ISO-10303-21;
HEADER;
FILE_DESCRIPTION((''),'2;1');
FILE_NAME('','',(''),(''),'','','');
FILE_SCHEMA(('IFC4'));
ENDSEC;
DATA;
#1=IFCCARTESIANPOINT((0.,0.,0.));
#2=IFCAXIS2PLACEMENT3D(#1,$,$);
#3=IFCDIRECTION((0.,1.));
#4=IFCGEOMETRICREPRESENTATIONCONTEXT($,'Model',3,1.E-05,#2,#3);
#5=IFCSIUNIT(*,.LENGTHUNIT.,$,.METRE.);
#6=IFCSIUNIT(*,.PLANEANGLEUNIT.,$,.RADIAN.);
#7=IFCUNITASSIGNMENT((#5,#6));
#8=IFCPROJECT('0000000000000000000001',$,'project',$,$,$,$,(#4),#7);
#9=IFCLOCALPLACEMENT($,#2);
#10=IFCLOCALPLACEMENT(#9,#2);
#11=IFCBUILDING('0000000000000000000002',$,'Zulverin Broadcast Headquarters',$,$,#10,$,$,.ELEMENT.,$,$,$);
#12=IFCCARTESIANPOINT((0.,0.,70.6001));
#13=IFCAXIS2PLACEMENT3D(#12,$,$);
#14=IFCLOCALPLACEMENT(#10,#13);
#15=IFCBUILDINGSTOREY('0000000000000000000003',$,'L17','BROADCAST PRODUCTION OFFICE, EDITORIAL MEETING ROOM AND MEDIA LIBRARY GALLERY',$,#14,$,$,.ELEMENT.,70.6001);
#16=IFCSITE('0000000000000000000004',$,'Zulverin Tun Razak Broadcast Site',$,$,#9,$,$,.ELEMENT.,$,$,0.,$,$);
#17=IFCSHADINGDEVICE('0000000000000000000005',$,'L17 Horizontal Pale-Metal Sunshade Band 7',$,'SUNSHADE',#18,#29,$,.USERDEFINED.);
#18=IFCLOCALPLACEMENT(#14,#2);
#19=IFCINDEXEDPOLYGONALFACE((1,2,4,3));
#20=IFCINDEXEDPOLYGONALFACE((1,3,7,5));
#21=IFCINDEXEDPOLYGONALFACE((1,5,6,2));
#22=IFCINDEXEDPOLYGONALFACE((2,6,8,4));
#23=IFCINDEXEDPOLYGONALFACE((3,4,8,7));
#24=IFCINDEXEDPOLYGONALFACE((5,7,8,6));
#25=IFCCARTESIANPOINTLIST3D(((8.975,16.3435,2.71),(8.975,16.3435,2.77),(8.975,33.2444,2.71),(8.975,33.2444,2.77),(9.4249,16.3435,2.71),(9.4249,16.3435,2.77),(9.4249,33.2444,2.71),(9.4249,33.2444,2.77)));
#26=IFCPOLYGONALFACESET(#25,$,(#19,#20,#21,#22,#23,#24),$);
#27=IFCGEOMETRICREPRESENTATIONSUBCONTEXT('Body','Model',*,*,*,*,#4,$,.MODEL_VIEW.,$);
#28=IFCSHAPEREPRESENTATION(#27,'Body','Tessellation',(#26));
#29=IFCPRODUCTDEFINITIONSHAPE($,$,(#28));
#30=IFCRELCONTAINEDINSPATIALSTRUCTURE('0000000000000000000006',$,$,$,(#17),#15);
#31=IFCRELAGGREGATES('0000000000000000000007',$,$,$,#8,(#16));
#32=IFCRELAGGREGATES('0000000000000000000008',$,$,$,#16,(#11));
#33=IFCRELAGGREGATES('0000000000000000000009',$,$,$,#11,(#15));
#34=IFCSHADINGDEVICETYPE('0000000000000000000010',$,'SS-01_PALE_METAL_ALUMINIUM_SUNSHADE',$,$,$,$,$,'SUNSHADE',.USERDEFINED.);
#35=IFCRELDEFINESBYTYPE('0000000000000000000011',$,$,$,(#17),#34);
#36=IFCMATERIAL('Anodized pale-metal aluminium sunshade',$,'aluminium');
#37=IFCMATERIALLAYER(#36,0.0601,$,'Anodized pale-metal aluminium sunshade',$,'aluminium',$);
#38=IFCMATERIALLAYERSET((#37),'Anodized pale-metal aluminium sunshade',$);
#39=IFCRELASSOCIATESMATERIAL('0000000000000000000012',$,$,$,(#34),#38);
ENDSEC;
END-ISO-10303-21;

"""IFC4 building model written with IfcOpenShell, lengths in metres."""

from ifc_helpers import new_model, si_unit, direction, frame, origin, origin_2d, place, context, subcontext, project, spatial, rectangle, extrude, material, layer, layer_set, type_object, element, save


model = new_model("IFC4")

# Units and contexts
model_context = context("Model", 3, precision=1e-05, world=origin(), true_north=direction((0.0, 1.0)))
body_context = subcontext(model_context, "Body", "Model", "MODEL_VIEW")
ifc_project = project(units=[si_unit("LENGTHUNIT", "METRE"), si_unit("PLANEANGLEUNIT", "RADIAN")], contexts=[model_context])

# Site, building, storey
site_placement = place(None, origin())
site = spatial("IfcSite", under=ifc_project, at=site_placement, Name="Zulverin Tun Razak Broadcast Site", CompositionType="ELEMENT", RefElevation=0.0)
building_placement = place(site_placement, origin())
building = spatial("IfcBuilding", under=site, at=building_placement, Name="Zulverin Broadcast Headquarters", CompositionType="ELEMENT")
storey_placement = place(building_placement, frame((0.0, 0.0, 70.6001)))
storey = spatial("IfcBuildingStorey", under=building, at=storey_placement, Name="L17", Description="BROADCAST PRODUCTION OFFICE, EDITORIAL MEETING ROOM AND MEDIA LIBRARY GALLERY", CompositionType="ELEMENT", Elevation=70.6001)

# Shading device
ifc_material_1 = material(Name="Anodized pale-metal aluminium sunshade", Category="aluminium")
ifc_layer_1 = layer(ifc_material_1, 0.0601, Name="Anodized pale-metal aluminium sunshade", Category="aluminium")
ifc_layer_set_1 = layer_set([ifc_layer_1], Name="Anodized pale-metal aluminium sunshade")
shading_device_type = type_object("IfcShadingDeviceType", Name="SS-01_PALE_METAL_ALUMINIUM_SUNSHADE", ElementType="SUNSHADE", PredefinedType="USERDEFINED", material=ifc_layer_set_1)
shading_device_placement = place(storey_placement, frame((9.2, 24.7939, 2.71), z_axis=(0.0, 0.0, 1.0), x_axis=(0.0, -1.0, 0.0)))
element("IfcShadingDevice", 1, at=shading_device_placement, inside=storey, type_object=shading_device_type, Name="L17 Horizontal Pale-Metal Sunshade Band 7", ObjectType="SUNSHADE", PredefinedType="USERDEFINED", context=body_context, shape_type="SweptSolid", body=[
    extrude(rectangle(XDim=16.9009, YDim=0.45, at=origin_2d()), origin(), (0.0, 0.0, 1.0), 0.0601),
])

save(model, "model.ifc")
